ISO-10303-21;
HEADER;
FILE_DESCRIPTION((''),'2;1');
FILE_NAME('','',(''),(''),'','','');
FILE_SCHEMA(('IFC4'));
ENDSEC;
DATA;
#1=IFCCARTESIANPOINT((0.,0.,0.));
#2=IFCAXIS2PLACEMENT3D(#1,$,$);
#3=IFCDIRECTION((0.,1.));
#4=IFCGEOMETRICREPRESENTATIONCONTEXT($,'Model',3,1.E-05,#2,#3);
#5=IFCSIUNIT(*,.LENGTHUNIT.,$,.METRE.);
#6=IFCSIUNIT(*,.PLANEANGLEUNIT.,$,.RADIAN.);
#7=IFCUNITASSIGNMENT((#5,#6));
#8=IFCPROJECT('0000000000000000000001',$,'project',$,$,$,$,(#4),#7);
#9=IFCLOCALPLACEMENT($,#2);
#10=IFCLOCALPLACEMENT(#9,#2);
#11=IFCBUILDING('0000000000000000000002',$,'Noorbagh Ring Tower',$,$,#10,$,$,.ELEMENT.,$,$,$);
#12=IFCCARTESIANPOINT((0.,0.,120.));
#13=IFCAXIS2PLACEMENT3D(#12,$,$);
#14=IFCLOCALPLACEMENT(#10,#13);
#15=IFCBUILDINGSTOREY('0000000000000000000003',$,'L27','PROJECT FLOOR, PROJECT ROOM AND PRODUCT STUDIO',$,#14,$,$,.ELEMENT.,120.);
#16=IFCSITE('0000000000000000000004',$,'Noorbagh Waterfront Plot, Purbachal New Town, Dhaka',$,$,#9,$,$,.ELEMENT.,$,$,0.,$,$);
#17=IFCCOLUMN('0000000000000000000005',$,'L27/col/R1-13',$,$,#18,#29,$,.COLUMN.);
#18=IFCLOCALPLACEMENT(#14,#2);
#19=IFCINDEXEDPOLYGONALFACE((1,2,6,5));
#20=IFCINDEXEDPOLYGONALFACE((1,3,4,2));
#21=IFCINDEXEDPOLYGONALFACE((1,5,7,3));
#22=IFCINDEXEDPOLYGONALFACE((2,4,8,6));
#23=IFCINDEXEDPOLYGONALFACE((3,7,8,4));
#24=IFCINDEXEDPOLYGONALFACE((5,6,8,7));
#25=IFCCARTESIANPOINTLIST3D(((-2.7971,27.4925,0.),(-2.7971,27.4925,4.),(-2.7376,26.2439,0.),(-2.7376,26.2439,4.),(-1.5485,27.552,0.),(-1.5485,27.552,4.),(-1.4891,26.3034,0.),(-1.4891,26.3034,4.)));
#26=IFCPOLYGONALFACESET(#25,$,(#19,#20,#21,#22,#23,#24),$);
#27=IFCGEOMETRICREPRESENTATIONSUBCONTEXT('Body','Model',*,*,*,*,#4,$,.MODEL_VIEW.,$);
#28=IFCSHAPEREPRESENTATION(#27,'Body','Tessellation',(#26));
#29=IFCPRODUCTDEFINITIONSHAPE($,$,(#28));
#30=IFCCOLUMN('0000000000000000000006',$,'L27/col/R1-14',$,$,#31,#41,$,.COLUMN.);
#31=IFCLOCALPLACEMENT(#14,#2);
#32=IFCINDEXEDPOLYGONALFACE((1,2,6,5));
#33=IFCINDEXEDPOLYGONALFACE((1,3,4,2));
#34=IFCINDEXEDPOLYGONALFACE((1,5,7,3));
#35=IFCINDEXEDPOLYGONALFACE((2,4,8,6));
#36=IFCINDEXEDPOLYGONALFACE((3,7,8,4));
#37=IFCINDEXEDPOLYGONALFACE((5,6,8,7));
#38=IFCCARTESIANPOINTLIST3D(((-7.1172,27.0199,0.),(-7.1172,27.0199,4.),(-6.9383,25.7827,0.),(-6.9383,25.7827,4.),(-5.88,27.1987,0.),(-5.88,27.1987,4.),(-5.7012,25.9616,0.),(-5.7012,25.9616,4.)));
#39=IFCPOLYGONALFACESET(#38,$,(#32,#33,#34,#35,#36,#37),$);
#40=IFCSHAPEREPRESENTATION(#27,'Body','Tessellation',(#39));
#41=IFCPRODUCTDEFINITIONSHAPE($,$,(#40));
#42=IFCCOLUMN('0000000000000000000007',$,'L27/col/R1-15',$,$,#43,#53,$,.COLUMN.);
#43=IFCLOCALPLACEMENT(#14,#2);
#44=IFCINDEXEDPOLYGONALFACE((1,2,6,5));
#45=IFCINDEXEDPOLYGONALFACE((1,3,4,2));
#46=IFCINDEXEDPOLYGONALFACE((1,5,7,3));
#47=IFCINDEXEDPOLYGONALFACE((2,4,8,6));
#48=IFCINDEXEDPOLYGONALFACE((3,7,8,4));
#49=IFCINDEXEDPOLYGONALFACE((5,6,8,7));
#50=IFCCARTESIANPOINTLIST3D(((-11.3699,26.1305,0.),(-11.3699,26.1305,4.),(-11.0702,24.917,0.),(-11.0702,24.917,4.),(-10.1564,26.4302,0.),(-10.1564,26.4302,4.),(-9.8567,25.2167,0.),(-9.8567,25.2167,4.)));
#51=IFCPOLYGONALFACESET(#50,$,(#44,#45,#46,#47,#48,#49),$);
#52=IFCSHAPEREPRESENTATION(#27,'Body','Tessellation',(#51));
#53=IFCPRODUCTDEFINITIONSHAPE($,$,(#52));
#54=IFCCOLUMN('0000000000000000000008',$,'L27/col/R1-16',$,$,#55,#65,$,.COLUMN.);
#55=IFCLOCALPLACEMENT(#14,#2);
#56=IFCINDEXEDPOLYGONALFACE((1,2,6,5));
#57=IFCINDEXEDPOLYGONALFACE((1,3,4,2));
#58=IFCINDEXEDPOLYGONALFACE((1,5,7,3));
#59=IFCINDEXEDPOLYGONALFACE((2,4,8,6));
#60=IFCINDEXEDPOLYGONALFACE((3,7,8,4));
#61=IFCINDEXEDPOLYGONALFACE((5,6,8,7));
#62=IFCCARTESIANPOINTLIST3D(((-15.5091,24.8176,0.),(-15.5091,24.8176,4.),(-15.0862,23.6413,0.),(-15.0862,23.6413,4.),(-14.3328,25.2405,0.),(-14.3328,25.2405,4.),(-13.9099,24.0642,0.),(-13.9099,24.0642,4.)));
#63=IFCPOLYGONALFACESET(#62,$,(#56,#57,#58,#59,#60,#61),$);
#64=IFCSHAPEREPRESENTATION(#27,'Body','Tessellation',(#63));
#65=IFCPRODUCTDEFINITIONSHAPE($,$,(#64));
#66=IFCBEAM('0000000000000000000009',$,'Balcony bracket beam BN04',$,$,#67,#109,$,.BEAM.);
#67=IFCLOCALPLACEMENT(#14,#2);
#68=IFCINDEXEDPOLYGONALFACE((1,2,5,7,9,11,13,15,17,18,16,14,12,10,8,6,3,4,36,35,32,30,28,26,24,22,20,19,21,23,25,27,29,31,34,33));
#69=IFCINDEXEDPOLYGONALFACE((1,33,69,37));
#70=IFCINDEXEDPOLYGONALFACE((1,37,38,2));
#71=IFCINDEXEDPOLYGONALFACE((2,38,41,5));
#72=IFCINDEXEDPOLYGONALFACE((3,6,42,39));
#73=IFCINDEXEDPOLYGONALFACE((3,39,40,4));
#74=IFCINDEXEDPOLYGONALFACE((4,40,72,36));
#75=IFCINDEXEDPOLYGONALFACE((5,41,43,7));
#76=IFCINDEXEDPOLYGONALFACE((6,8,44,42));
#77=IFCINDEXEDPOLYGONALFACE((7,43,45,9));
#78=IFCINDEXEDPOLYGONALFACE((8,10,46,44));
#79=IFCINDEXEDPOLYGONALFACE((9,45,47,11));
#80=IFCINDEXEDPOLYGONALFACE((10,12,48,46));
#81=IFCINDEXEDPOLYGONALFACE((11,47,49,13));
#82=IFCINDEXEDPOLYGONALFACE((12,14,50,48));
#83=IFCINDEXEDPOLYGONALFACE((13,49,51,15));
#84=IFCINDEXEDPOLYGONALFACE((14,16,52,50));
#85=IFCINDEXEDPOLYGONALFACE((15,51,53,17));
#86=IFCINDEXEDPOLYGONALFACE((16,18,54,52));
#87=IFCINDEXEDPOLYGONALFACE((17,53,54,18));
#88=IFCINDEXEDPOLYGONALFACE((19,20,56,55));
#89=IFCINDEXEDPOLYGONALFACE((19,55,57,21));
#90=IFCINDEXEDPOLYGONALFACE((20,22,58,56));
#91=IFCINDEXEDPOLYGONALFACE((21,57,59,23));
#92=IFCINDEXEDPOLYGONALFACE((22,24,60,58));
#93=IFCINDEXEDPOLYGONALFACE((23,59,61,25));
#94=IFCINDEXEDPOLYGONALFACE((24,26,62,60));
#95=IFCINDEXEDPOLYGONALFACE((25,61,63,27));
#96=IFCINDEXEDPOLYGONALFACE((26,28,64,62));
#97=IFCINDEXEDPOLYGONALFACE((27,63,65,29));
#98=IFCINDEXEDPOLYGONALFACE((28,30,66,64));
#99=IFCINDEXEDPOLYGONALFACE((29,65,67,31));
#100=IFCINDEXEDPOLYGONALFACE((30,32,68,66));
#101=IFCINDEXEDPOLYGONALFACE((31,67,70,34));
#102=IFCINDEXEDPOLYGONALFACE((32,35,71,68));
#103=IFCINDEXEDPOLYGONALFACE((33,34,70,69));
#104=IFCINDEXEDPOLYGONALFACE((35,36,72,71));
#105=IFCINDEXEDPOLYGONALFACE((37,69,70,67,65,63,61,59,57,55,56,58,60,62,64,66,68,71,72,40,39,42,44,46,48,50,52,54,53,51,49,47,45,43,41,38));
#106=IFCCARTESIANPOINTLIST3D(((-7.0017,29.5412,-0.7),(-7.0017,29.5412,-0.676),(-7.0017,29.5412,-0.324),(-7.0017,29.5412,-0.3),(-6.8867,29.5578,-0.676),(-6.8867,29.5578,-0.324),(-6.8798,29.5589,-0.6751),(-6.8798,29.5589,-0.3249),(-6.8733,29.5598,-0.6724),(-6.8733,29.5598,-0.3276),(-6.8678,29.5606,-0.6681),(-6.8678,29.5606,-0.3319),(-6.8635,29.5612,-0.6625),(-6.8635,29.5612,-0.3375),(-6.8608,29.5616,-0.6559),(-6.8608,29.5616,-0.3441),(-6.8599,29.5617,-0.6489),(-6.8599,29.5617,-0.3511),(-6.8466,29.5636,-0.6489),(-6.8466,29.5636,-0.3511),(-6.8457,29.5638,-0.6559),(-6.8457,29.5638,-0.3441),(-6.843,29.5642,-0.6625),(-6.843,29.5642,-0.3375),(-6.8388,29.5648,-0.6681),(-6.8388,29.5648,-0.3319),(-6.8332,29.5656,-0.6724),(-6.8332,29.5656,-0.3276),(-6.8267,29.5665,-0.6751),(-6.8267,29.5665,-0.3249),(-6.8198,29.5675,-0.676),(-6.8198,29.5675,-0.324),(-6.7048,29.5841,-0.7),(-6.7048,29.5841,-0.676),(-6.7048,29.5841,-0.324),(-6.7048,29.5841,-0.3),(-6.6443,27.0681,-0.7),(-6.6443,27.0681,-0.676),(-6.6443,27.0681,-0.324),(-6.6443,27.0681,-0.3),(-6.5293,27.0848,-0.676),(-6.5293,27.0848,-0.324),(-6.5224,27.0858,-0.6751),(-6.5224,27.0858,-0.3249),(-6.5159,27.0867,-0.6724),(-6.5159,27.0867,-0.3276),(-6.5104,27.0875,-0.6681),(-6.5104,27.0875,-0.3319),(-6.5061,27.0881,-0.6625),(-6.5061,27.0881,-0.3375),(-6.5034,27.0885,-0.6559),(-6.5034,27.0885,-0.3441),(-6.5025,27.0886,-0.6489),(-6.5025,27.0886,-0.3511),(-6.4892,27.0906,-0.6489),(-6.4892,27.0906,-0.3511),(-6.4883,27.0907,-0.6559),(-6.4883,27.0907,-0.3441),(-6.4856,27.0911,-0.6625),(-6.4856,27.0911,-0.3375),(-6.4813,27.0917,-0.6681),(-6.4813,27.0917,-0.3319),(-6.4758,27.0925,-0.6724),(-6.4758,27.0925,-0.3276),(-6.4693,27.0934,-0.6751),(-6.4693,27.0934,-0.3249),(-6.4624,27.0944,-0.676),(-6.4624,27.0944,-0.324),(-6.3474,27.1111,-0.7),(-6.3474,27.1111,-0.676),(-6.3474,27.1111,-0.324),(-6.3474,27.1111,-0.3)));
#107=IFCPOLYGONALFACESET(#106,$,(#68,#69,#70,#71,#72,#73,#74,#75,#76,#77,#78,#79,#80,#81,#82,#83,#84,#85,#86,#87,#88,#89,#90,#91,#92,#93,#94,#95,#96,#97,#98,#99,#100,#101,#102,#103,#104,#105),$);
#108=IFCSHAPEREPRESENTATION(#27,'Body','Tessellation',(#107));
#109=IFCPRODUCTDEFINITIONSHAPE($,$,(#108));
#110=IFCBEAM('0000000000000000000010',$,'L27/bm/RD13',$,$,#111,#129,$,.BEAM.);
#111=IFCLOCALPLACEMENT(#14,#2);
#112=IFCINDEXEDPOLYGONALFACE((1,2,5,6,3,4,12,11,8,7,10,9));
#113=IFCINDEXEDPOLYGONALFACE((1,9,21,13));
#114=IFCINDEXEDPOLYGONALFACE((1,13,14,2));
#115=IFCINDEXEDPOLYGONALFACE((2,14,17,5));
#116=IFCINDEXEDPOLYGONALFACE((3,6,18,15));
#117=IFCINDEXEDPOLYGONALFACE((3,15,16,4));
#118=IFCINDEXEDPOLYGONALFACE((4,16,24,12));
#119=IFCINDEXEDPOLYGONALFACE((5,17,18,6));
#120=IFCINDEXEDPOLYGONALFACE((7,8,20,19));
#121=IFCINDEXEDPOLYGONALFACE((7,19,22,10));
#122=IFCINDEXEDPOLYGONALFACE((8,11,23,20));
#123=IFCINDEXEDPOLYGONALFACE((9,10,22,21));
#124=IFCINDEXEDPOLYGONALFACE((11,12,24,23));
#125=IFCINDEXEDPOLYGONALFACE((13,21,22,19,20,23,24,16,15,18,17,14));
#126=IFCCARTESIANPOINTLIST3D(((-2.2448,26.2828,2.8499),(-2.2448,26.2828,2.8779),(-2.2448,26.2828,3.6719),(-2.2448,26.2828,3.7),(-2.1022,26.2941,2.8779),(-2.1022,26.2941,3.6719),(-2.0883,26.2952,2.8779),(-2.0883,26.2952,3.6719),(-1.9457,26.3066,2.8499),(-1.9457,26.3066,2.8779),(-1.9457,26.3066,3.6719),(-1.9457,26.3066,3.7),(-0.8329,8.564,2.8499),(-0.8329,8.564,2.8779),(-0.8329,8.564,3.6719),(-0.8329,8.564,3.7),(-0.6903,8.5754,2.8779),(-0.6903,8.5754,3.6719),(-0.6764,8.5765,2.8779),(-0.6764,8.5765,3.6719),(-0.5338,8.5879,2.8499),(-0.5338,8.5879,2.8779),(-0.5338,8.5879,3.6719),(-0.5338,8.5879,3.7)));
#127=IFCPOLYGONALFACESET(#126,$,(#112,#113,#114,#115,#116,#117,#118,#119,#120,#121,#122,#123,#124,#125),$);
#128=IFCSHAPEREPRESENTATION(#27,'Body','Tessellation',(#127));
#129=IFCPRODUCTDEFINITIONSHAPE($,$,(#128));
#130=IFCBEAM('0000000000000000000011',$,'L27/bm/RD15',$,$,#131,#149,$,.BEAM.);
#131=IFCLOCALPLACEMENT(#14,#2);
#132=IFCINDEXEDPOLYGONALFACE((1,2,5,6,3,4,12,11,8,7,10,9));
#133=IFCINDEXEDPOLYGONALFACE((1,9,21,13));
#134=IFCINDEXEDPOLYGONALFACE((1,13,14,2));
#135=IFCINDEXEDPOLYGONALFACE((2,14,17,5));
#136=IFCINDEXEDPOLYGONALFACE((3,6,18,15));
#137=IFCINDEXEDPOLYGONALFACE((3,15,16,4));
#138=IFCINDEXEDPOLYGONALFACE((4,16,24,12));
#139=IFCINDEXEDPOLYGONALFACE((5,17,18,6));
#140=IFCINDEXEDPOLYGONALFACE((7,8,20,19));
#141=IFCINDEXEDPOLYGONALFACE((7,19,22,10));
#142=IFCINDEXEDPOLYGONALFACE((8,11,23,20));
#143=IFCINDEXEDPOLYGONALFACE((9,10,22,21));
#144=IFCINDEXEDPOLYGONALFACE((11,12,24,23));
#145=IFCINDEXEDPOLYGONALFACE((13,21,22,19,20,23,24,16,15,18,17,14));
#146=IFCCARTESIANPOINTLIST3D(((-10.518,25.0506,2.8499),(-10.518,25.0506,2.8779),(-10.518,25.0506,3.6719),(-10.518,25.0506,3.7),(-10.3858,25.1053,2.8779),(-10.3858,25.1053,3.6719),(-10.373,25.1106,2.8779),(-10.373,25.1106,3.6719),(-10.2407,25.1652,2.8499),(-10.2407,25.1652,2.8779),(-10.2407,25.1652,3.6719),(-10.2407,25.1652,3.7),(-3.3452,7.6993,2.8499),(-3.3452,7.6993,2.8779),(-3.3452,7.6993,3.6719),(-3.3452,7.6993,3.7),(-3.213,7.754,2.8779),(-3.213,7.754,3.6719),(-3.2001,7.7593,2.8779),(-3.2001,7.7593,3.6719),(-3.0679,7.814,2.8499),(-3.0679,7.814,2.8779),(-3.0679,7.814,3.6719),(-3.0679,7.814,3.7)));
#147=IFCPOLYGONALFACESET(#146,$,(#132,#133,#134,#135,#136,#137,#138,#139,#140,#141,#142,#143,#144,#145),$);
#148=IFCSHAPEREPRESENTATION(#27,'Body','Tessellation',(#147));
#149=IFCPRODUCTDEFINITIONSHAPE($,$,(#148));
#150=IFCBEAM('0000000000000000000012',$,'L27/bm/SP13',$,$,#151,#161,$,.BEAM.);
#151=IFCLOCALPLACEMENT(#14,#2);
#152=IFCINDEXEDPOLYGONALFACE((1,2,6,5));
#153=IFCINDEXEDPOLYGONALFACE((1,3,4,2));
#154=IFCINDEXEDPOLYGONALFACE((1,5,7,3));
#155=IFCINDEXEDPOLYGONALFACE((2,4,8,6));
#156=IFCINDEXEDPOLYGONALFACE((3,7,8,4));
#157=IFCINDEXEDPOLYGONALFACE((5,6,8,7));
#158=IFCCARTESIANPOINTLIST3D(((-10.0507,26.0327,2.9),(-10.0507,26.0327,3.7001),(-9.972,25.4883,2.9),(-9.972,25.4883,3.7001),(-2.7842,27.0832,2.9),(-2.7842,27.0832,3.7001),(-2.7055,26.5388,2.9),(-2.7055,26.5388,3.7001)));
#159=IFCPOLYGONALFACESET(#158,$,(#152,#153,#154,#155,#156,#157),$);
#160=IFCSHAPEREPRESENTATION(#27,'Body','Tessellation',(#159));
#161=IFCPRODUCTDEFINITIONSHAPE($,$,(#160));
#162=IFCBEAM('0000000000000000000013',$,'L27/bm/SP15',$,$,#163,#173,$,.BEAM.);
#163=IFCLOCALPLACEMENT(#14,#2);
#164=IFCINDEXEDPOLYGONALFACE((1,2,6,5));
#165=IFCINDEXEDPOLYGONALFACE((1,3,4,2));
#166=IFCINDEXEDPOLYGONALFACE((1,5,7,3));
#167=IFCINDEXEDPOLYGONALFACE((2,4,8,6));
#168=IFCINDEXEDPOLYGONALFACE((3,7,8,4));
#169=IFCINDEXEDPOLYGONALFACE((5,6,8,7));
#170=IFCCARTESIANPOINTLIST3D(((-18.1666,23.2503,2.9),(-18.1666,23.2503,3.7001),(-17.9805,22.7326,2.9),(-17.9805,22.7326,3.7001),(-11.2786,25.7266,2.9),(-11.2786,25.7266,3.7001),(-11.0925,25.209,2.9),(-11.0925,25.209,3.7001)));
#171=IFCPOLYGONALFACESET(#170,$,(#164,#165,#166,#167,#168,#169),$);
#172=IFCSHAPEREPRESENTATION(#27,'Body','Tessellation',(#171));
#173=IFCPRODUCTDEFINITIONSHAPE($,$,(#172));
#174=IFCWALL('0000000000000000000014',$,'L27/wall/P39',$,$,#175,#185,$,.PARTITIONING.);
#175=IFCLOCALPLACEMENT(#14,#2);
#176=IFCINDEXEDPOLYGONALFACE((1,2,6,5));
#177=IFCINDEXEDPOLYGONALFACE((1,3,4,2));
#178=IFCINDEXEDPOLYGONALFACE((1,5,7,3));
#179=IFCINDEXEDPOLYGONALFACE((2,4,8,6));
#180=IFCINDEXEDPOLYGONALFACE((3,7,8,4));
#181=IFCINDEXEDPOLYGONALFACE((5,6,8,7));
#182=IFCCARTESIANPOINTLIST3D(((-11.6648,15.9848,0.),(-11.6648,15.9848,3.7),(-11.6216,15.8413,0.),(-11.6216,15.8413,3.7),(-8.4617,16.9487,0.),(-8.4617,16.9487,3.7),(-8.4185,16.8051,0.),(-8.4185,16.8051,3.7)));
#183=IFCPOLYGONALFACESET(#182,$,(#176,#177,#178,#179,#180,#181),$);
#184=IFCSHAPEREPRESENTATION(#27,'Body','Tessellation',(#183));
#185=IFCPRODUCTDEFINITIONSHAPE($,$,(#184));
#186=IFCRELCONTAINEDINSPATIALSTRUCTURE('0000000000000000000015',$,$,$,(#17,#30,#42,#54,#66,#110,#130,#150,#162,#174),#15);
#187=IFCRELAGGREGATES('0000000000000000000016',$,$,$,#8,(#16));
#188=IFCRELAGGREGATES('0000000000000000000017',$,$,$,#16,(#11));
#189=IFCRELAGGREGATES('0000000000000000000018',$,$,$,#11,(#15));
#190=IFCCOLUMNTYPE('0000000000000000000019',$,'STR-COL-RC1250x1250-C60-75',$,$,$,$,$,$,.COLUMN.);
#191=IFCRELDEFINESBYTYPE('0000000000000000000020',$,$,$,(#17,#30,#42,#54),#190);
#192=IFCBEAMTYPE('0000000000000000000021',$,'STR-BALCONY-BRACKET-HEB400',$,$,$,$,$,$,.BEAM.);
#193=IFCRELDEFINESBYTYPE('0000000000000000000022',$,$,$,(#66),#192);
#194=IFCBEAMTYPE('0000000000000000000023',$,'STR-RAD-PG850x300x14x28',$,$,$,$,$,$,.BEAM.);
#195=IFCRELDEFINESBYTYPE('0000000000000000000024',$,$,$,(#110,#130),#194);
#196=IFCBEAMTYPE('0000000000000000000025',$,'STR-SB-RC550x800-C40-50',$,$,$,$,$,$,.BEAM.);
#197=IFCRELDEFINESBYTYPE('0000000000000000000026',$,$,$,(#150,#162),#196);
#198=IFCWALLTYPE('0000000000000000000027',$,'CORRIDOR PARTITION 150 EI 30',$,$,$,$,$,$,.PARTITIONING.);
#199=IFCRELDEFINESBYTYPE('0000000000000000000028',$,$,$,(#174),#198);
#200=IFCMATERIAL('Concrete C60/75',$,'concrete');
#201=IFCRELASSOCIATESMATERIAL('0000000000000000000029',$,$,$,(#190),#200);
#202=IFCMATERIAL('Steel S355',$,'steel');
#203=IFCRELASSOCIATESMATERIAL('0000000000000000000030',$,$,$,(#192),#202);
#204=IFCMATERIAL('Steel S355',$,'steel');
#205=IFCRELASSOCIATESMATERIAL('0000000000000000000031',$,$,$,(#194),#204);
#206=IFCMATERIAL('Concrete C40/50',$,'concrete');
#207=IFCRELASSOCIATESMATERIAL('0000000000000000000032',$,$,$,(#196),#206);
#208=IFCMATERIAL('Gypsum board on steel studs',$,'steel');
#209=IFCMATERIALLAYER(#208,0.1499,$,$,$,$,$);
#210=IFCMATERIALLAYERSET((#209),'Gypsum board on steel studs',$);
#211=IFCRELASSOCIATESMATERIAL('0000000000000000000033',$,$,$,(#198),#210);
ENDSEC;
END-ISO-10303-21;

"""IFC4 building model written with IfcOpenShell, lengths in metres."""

from ifc_helpers import new_model, si_unit, direction, frame, frame_2d, origin, origin_2d, place, context, subcontext, project, spatial, rectangle, i_section, extrude, material, layer, layer_set, material_profile, profile_set, type_object, element, save


model = new_model("IFC4")

# Units and contexts
model_context = context("Model", 3, precision=1e-05, world=origin(), true_north=direction((0.0, 1.0)))
body_context = subcontext(model_context, "Body", "Model", "MODEL_VIEW")
ifc_project = project(units=[si_unit("LENGTHUNIT", "METRE"), si_unit("PLANEANGLEUNIT", "RADIAN")], contexts=[model_context])

# Site, building, storey
site_placement = place(None, origin())
site = spatial("IfcSite", under=ifc_project, at=site_placement, Name="Noorbagh Waterfront Plot, Purbachal New Town, Dhaka", CompositionType="ELEMENT", RefElevation=0.0)
building_placement = place(site_placement, origin())
building = spatial("IfcBuilding", under=site, at=building_placement, Name="Noorbagh Ring Tower", CompositionType="ELEMENT")
storey_placement = place(building_placement, frame((0.0, 0.0, 120.0)))
storey = spatial("IfcBuildingStorey", under=building, at=storey_placement, Name="L27", Description="PROJECT FLOOR, PROJECT ROOM AND PRODUCT STUDIO", CompositionType="ELEMENT", Elevation=120.0)

# Columns
ifc_material_1 = material(Name="Concrete C60/75", Category="concrete")
ifc_material_profile_1 = material_profile(ifc_material_1, rectangle(XDim=1.25, YDim=1.25, at=origin_2d()), Name="RC1250x1250")
ifc_profile_set_1 = profile_set([ifc_material_profile_1], Name="Concrete C60/75")
column_type = type_object("IfcColumnType", Name="STR-COL-RC1250x1250-C60-75", PredefinedType="COLUMN", material=ifc_profile_set_1)
for number, where, z_axis, x_axis, name in (
    (1, (-2.1431, 26.8979, 0.0), (0.0, 0.0, 1.0), (-0.998869, -0.047553, 0.0), "L27/col/R1-13"),
    (2, (-6.4092, 26.4907, 0.0), (0.0, 0.0, 1.0), (-0.989713, -0.143066, 0.0), "L27/col/R1-14"),
    (3, (-10.6133, 25.6736, 0.0), (0.0, 0.0, 1.0), (-0.970829, -0.239771, 0.0), "L27/col/R1-15"),
    (4, (-14.7095, 24.4409, 0.0), (0.0, 0.0, 1.0), (-0.941025, -0.338338, 0.0), "L27/col/R1-16"),
):
    element("IfcColumn", number, at=place(storey_placement, frame(where, z_axis=z_axis, x_axis=x_axis)), inside=storey, type_object=column_type, Name=name, PredefinedType="COLUMN", context=body_context, shape_type="SweptSolid", body=[
        extrude(rectangle(XDim=1.25, YDim=1.25, at=origin_2d()), origin(), (0.0, 0.0, 1.0), 4.0),
    ])

# Beams
ifc_material_2 = material(Name="Steel S355", Category="steel")
ifc_material_profile_2 = material_profile(ifc_material_2, i_section(OverallWidth=0.3, OverallDepth=0.3999, WebThickness=0.0134, FlangeThickness=0.0239, FilletRadius=0.0271, at=origin_2d()), Name="HEB400")
ifc_profile_set_2 = profile_set([ifc_material_profile_2], Name="Steel S355")
beam_type_1 = type_object("IfcBeamType", Name="STR-BALCONY-BRACKET-HEB400", PredefinedType="BEAM", material=ifc_profile_set_2)
beam_1_placement = place(storey_placement, frame((-6.4958, 27.0896, -0.5), z_axis=(-0.143035, 0.989718, 0.0), x_axis=(-0.989718, -0.143035, 0.0)))
element("IfcBeam", 5, at=beam_1_placement, inside=storey, type_object=beam_type_1, Name="Balcony bracket beam BN04", PredefinedType="BEAM", context=body_context, shape_type="SweptSolid", body=[
    extrude(i_section(OverallWidth=0.3, OverallDepth=0.3999, WebThickness=0.0134, FlangeThickness=0.0239, FilletRadius=0.0271, at=origin_2d()), origin(), (0.0, 0.0, 1.0), 2.4988),
])
ifc_material_3 = material(Name="Steel S355", Category="steel")
ifc_material_profile_3 = material_profile(ifc_material_3, i_section(OverallWidth=0.3, OverallDepth=0.8501, WebThickness=0.0139, FlangeThickness=0.0281, at=origin_2d()), Name="PG850x300x14x28")
ifc_profile_set_3 = profile_set([ifc_material_profile_3], Name="Steel S355")
beam_type_2 = type_object("IfcBeamType", Name="STR-RAD-PG850x300x14x28", PredefinedType="BEAM", material=ifc_profile_set_3)
beam_2_placement = place(storey_placement, frame((-2.0952, 26.2947, 3.2749), z_axis=(0.07943, -0.99684, 0.0), x_axis=(0.99684, 0.07943, 0.0)))
element("IfcBeam", 6, at=beam_2_placement, inside=storey, type_object=beam_type_2, Name="L27/bm/RD13", PredefinedType="BEAM", context=body_context, shape_type="SweptSolid", body=[
    extrude(i_section(OverallWidth=0.3, OverallDepth=0.8501, WebThickness=0.0139, FlangeThickness=0.0281, at=origin_2d()), origin(), (0.0, 0.0, 1.0), 17.7749),
])
beam_3_placement = place(storey_placement, frame((-10.3794, 25.1079, 3.2749), z_axis=(0.382033, -0.924149, 0.0), x_axis=(0.924149, 0.382033, 0.0)))
element("IfcBeam", 7, at=beam_3_placement, inside=storey, type_object=beam_type_2, Name="L27/bm/RD15", PredefinedType="BEAM", context=body_context, shape_type="SweptSolid", body=[
    extrude(i_section(OverallWidth=0.3, OverallDepth=0.8501, WebThickness=0.0139, FlangeThickness=0.0281, at=origin_2d()), origin(), (0.0, 0.0, 1.0), 18.7754),
])
ifc_material_4 = material(Name="Concrete C40/50", Category="concrete")
ifc_material_profile_4 = material_profile(ifc_material_4, rectangle(XDim=0.55, YDim=0.8, at=origin_2d()), Name="RC550x800")
ifc_profile_set_4 = profile_set([ifc_material_profile_4], Name="Concrete C40/50")
beam_type_3 = type_object("IfcBeamType", Name="STR-SB-RC550x800-C40-50", PredefinedType="BEAM", material=ifc_profile_set_4)
beam_4_placement = place(storey_placement, frame((-2.7449, 26.811, 3.3), z_axis=(-0.989711, -0.143083, 0.0), x_axis=(0.143083, -0.989711, 0.0)))
element("IfcBeam", 8, at=beam_4_placement, inside=storey, type_object=beam_type_3, Name="L27/bm/SP13", PredefinedType="BEAM", context=body_context, shape_type="SweptSolid", body=[
    extrude(rectangle(XDim=0.55, YDim=0.8, at=origin_2d()), origin(), (0.0, 0.0, 1.0), 7.342),
])
beam_5_placement = place(storey_placement, frame((-11.1855, 25.4678, 3.3), z_axis=(-0.941033, -0.338315, 0.0), x_axis=(0.338315, -0.941033, 0.0)))
element("IfcBeam", 9, at=beam_5_placement, inside=storey, type_object=beam_type_3, Name="L27/bm/SP15", PredefinedType="BEAM", context=body_context, shape_type="SweptSolid", body=[
    extrude(rectangle(XDim=0.55, YDim=0.8, at=origin_2d()), origin(), (0.0, 0.0, 1.0), 7.3196),
])

# Wall
ifc_material_5 = material(Name="Gypsum board on steel studs", Category="steel")
ifc_layer_1 = layer(ifc_material_5, 0.1499)
ifc_layer_set_1 = layer_set([ifc_layer_1], Name="Gypsum board on steel studs")
wall_type_1 = type_object("IfcWallType", Name="CORRIDOR PARTITION 150 EI 30", PredefinedType="PARTITIONING", material=ifc_layer_set_1)
wall_1_placement = place(storey_placement, frame((-11.6431, 15.9131, 0.0), z_axis=(0.0, 0.0, 1.0), x_axis=(0.957585, 0.288151, 0.0)))
element("IfcWall", 10, at=wall_1_placement, inside=storey, type_object=wall_type_1, Name="L27/wall/P39", PredefinedType="PARTITIONING", context=body_context, shape_type="SweptSolid", body=[
    extrude(rectangle(XDim=3.345, YDim=0.1499, at=frame_2d((1.6724, 0.0))), origin(), (0.0, 0.0, 1.0), 3.7),
])

save(model, "model.ifc")
